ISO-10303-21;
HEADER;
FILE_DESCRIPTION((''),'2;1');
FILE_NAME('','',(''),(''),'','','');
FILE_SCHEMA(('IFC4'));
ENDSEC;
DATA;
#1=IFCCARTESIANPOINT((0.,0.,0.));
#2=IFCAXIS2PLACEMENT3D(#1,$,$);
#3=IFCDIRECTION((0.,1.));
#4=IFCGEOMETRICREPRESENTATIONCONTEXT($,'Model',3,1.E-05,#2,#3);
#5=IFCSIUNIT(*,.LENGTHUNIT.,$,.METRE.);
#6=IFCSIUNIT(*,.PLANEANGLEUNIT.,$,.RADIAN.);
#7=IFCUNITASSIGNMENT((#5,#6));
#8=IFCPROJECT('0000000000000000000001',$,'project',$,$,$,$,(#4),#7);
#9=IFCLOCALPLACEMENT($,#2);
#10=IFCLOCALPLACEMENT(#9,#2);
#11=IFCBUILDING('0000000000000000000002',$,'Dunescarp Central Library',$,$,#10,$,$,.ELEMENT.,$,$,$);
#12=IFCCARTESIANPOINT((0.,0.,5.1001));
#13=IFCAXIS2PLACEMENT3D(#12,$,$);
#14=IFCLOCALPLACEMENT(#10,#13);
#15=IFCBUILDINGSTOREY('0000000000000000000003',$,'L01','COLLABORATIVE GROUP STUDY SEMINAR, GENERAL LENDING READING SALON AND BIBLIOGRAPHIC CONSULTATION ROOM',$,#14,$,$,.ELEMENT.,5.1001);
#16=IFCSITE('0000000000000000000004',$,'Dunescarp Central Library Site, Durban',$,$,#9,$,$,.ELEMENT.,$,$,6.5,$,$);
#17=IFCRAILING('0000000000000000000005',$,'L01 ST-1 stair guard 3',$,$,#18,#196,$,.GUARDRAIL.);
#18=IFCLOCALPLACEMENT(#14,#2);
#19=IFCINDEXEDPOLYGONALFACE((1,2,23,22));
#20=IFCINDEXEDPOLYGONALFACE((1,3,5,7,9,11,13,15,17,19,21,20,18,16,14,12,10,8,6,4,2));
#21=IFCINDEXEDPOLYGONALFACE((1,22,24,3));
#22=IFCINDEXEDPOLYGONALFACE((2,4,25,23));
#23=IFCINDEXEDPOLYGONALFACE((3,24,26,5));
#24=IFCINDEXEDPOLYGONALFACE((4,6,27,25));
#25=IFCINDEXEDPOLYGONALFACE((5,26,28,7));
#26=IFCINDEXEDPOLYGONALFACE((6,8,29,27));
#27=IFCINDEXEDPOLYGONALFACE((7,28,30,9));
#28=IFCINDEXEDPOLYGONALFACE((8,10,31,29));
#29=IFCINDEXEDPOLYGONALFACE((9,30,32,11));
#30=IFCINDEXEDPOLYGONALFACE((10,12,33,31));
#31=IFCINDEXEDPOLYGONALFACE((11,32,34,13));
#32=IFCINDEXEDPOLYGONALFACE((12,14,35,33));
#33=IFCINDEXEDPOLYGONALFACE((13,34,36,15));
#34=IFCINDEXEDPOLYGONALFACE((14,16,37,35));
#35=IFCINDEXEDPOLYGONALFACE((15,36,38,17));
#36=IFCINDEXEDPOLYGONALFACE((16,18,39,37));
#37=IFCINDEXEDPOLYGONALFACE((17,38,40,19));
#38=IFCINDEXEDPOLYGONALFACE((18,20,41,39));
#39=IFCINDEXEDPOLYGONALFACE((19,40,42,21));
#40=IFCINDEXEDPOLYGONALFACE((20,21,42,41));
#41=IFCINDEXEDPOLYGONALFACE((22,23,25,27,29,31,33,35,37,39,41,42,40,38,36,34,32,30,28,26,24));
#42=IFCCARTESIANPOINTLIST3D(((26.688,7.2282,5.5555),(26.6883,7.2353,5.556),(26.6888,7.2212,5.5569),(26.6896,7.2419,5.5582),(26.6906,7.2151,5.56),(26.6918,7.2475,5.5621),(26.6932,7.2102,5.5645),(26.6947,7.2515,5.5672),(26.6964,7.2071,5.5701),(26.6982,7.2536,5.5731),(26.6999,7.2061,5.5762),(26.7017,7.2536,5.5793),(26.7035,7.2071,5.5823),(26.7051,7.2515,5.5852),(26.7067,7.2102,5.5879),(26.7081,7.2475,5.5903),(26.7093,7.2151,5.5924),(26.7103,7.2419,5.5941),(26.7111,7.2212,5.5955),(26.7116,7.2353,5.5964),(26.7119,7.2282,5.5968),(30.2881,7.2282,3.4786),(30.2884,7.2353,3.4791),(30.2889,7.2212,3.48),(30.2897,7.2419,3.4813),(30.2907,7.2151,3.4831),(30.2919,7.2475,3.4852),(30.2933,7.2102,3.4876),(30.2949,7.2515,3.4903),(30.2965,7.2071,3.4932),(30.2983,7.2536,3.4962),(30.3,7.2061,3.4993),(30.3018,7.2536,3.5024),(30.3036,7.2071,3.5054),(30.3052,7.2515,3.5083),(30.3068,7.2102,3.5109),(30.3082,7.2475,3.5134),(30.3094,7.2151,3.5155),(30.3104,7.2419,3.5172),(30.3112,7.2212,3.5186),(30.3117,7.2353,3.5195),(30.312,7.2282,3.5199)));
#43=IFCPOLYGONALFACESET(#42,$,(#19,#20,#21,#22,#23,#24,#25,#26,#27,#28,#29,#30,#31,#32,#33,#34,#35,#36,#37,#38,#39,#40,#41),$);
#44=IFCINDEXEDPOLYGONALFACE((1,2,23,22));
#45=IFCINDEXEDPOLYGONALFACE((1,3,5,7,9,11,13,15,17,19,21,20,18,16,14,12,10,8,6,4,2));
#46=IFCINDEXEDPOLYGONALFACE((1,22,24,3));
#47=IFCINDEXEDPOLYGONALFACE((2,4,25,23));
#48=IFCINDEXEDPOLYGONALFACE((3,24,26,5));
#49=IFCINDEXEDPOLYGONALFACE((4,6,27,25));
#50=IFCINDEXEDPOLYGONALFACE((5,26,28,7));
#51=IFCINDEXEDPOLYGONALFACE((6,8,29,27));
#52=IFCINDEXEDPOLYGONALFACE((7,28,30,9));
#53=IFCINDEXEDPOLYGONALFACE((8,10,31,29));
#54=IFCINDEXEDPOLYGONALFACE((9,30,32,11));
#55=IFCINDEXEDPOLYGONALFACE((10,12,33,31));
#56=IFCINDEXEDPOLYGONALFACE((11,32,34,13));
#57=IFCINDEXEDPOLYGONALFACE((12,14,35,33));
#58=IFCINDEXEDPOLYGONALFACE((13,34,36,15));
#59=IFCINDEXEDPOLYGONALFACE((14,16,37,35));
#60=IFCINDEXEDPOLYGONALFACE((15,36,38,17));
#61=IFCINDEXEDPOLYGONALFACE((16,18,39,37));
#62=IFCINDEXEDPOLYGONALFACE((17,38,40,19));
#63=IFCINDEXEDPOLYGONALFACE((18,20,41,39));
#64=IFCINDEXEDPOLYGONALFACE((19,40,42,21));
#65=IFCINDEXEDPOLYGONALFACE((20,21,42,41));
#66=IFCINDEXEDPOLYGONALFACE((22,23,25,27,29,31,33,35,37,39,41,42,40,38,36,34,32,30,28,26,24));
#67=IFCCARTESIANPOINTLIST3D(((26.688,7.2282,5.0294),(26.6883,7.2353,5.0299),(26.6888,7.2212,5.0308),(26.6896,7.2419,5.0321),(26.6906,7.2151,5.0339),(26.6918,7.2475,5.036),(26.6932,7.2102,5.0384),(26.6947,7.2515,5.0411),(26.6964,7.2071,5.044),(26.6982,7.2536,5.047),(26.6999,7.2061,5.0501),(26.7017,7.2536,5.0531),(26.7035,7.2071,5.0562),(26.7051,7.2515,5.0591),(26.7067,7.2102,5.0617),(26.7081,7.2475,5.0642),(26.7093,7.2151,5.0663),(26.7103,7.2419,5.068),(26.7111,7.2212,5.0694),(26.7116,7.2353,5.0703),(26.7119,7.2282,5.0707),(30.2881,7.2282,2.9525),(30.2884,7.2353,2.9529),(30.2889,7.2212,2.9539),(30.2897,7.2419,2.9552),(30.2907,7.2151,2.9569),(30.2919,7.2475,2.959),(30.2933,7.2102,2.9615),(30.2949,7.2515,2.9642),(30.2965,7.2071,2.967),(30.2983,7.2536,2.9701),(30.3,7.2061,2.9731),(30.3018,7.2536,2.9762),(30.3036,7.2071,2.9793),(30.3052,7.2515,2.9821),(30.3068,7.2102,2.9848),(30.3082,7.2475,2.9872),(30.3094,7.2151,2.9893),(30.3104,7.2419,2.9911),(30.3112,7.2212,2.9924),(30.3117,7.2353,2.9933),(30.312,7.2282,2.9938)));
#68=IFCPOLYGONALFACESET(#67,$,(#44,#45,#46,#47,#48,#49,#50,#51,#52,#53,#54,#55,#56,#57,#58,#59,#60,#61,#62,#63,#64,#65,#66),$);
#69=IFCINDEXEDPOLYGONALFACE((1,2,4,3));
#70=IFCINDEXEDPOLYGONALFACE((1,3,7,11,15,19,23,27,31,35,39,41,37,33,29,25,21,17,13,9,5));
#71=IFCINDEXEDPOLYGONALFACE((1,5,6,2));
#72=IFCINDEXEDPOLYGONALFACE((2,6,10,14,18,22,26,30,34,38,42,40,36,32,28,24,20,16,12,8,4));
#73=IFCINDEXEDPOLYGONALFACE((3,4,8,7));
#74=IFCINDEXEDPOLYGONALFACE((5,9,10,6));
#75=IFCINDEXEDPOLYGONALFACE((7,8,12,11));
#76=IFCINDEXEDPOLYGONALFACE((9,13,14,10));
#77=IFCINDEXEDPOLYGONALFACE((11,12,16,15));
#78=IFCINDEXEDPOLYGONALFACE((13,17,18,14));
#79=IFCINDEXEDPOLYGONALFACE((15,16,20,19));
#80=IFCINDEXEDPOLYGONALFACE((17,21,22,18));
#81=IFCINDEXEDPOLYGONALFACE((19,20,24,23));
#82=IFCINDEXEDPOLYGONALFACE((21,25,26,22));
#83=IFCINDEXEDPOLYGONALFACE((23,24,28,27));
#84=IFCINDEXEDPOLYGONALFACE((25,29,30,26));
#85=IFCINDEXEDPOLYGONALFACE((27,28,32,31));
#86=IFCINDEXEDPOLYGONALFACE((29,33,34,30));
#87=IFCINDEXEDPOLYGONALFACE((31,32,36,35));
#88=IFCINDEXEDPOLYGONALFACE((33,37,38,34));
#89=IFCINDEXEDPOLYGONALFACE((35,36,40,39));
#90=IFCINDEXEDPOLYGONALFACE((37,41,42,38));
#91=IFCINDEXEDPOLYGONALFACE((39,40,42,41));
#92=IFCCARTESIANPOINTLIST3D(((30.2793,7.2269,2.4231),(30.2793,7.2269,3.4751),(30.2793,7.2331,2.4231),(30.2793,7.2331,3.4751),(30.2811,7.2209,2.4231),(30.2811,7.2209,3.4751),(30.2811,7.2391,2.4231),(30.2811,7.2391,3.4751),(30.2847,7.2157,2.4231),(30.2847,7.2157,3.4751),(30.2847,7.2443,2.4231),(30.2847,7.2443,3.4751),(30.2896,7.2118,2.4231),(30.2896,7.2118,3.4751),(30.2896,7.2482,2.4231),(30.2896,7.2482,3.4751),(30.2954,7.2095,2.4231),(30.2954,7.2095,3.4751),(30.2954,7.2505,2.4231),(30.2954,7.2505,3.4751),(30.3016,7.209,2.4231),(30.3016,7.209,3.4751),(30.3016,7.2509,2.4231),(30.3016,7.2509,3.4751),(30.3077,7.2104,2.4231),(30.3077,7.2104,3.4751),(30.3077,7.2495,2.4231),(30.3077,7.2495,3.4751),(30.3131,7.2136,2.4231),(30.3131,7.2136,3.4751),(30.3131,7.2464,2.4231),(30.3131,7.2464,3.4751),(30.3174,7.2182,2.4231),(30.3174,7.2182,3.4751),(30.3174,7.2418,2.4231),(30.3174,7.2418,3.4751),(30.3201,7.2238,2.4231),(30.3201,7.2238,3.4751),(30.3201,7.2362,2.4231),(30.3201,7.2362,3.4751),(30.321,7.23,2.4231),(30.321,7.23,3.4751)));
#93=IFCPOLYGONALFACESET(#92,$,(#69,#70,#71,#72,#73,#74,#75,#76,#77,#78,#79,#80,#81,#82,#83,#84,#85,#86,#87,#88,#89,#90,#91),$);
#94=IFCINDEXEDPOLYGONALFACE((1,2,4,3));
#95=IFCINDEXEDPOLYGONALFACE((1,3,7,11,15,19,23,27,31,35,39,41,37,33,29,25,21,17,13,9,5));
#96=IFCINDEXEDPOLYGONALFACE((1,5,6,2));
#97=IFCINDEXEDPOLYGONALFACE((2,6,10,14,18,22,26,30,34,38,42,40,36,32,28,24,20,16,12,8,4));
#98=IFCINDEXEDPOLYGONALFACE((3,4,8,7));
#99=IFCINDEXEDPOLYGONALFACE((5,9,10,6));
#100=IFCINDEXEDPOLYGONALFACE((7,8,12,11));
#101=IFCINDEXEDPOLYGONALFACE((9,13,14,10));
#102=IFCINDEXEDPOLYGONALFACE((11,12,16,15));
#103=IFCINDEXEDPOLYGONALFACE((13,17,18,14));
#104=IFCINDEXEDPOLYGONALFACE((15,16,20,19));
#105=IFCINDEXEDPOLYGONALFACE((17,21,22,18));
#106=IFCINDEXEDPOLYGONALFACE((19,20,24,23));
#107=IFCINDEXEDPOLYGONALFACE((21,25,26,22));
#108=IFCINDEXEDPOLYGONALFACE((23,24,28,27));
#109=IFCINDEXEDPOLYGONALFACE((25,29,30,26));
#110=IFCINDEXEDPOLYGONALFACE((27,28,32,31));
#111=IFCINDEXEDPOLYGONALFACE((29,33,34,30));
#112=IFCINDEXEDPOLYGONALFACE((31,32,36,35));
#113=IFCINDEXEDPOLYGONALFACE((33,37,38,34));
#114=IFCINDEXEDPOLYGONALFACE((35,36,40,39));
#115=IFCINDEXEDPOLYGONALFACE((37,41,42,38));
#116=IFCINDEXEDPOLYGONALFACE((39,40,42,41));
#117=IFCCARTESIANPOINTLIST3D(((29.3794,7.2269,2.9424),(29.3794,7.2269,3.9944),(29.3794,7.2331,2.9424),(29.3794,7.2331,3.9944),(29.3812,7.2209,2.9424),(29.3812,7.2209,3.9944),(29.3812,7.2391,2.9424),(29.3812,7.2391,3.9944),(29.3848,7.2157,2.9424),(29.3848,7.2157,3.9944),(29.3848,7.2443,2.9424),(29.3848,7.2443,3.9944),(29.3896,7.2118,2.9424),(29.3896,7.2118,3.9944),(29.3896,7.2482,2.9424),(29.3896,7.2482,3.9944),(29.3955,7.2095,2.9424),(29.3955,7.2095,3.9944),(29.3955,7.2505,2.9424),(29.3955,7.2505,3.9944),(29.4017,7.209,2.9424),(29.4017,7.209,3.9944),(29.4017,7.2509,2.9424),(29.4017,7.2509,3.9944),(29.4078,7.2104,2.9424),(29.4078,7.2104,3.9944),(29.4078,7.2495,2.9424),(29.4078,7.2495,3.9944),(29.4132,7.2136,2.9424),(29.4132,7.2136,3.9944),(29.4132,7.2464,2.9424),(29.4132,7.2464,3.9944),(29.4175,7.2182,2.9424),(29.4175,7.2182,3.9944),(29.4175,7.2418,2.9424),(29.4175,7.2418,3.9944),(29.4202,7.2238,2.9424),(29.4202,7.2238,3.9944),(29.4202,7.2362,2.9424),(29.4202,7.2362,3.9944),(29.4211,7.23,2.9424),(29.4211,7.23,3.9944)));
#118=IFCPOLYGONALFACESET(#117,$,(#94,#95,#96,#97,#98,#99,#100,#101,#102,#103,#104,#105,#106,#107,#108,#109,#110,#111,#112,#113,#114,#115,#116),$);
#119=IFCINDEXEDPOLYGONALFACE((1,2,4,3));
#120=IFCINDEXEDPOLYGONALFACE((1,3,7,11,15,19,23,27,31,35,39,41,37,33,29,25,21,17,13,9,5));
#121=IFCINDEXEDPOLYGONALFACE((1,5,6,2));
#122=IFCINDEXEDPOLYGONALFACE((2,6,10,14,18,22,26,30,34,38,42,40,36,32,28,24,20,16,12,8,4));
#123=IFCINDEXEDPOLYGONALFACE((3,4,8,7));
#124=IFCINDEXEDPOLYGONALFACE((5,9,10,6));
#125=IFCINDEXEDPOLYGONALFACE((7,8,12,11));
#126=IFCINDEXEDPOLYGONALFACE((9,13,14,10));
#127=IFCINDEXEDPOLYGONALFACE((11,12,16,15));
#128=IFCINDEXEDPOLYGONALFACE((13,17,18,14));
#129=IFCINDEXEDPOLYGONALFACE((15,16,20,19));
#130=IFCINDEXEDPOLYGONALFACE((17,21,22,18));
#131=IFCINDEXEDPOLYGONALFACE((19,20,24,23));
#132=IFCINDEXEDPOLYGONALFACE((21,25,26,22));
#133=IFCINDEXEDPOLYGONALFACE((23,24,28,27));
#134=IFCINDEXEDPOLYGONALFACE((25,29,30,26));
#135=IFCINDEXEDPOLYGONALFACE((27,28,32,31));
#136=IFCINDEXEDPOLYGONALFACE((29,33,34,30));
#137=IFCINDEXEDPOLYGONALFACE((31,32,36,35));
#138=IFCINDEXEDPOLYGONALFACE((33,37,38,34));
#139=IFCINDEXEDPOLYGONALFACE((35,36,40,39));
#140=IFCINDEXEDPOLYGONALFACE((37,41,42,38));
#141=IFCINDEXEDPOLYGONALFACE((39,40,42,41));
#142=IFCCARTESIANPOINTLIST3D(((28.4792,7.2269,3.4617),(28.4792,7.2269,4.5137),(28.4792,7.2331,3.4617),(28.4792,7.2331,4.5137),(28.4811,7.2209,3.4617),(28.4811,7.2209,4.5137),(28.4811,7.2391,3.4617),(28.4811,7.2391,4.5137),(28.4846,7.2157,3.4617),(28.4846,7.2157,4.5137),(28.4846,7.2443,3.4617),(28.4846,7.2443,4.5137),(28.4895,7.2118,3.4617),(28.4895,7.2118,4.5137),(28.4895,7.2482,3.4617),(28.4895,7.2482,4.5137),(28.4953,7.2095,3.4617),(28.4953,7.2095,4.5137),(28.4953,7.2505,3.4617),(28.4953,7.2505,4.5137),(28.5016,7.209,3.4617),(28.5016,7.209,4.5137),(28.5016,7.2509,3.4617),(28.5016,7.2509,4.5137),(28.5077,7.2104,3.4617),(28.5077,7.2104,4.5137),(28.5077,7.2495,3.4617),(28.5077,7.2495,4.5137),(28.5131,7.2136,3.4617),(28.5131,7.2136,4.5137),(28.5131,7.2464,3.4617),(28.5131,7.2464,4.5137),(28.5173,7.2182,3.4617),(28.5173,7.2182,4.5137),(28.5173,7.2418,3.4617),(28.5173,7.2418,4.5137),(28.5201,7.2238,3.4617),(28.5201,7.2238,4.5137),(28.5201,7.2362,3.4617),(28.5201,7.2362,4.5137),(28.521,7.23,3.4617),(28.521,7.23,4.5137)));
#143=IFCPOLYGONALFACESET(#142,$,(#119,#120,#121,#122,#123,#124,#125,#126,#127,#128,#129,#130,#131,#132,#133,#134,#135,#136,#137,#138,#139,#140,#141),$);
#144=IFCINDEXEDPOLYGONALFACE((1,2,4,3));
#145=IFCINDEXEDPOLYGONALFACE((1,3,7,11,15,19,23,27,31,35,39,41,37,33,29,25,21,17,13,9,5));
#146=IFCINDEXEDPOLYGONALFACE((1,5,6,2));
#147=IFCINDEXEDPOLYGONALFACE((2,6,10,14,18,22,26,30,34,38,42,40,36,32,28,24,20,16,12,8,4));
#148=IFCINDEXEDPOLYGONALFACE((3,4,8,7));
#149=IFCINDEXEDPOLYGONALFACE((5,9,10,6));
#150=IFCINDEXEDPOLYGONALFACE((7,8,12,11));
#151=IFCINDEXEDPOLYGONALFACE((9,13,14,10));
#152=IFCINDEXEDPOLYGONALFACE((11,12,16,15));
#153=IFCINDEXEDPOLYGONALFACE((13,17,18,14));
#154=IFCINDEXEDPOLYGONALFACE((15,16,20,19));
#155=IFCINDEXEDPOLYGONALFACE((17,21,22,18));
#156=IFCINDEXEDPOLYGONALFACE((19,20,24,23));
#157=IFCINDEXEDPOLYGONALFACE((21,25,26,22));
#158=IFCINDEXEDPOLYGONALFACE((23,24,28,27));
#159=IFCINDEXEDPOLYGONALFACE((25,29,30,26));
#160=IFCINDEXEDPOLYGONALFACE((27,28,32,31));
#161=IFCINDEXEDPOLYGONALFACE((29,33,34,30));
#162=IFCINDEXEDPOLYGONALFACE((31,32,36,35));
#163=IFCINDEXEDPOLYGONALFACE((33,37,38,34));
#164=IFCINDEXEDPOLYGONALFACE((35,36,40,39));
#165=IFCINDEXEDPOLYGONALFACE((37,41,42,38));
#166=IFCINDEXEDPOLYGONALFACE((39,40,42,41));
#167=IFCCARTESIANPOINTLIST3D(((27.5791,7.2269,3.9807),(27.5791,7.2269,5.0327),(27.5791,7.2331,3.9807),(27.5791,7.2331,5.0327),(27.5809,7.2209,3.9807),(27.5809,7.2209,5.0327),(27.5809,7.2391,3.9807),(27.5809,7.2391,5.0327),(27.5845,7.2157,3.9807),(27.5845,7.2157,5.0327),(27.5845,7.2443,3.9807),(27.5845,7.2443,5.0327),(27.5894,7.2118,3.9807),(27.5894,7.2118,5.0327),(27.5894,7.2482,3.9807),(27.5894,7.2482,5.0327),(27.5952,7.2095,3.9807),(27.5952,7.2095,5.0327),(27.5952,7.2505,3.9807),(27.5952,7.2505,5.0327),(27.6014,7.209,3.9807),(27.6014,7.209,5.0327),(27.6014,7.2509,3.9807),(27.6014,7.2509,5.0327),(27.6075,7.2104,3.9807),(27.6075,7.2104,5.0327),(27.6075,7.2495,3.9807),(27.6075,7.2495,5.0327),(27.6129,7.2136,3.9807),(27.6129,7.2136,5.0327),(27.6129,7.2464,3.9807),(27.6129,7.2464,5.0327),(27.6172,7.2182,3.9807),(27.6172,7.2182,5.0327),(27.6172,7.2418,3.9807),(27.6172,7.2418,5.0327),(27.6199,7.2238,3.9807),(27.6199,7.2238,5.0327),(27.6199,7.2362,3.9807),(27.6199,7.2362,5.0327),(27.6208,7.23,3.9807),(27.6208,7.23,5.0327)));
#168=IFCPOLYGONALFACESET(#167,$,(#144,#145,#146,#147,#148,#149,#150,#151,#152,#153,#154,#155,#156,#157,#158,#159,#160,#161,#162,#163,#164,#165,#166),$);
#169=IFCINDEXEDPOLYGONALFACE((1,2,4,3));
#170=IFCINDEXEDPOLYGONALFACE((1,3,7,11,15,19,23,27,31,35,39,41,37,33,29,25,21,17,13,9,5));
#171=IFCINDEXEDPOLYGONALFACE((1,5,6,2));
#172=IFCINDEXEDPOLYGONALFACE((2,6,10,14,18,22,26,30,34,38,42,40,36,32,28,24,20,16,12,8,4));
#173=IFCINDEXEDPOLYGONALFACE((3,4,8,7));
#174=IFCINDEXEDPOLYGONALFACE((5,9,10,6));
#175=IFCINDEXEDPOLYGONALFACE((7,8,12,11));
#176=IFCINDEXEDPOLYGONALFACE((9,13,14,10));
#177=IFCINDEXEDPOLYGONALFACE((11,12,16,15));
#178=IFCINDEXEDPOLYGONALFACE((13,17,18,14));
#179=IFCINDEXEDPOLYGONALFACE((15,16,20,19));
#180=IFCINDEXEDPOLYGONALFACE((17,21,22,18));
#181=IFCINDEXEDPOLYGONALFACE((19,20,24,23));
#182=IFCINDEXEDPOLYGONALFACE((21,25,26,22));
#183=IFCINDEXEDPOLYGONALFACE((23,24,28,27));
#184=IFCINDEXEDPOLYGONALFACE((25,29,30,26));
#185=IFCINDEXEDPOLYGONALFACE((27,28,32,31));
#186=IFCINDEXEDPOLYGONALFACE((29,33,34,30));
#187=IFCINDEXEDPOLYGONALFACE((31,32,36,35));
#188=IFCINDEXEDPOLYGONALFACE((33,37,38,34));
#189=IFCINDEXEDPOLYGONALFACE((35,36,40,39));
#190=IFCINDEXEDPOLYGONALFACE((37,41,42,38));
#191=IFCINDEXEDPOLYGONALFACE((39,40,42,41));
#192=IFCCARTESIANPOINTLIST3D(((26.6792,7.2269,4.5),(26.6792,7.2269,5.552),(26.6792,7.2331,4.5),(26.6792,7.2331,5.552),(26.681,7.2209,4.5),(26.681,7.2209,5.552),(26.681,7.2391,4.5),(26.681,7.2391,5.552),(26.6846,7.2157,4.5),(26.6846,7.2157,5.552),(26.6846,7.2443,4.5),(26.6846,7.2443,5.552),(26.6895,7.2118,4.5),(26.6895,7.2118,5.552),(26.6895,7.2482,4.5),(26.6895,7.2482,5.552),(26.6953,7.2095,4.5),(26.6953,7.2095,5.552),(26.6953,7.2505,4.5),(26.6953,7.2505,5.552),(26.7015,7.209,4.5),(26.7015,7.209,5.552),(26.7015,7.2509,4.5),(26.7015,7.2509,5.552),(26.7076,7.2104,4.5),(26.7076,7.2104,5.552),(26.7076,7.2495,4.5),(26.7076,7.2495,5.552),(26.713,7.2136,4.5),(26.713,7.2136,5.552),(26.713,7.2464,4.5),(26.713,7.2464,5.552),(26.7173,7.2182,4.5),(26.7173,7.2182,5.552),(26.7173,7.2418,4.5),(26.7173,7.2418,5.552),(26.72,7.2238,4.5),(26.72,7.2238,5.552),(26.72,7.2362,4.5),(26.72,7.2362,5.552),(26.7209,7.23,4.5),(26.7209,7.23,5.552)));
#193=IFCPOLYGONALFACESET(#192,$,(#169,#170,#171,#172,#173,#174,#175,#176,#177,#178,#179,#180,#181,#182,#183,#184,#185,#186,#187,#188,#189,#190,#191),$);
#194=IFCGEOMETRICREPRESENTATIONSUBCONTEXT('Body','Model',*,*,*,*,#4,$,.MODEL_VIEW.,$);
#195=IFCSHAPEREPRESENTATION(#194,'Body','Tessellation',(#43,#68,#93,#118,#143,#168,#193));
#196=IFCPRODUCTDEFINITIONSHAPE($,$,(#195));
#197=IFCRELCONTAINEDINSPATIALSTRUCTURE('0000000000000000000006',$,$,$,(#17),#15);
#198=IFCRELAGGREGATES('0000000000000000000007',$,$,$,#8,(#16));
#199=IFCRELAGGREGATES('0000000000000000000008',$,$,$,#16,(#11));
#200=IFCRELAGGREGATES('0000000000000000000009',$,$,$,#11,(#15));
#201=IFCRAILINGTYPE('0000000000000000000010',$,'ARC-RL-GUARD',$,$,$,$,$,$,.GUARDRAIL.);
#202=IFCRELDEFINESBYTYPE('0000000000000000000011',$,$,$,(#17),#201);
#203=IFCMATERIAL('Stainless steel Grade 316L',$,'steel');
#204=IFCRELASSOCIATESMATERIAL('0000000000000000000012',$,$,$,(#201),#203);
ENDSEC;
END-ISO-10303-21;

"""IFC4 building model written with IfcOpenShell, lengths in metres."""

from ifc_helpers import new_model, si_unit, direction, frame, origin, origin_2d, place, context, subcontext, project, spatial, circle, extrude, material, type_object, element, save


model = new_model("IFC4")

# Units and contexts
model_context = context("Model", 3, precision=1e-05, world=origin(), true_north=direction((0.0, 1.0)))
body_context = subcontext(model_context, "Body", "Model", "MODEL_VIEW")
ifc_project = project(units=[si_unit("LENGTHUNIT", "METRE"), si_unit("PLANEANGLEUNIT", "RADIAN")], contexts=[model_context])

# Site, building, storey
site_placement = place(None, origin())
site = spatial("IfcSite", under=ifc_project, at=site_placement, Name="Dunescarp Central Library Site, Durban", CompositionType="ELEMENT", RefElevation=6.5)
building_placement = place(site_placement, origin())
building = spatial("IfcBuilding", under=site, at=building_placement, Name="Dunescarp Central Library", CompositionType="ELEMENT")
storey_placement = place(building_placement, frame((0.0, 0.0, 5.1001)))
storey = spatial("IfcBuildingStorey", under=building, at=storey_placement, Name="L01", Description="COLLABORATIVE GROUP STUDY SEMINAR, GENERAL LENDING READING SALON AND BIBLIOGRAPHIC CONSULTATION ROOM", CompositionType="ELEMENT", Elevation=5.1001)

# Shared definitions
ifc_material_1 = material(Name="Stainless steel Grade 316L", Category="steel")

# Railing
railing_type_1 = type_object("IfcRailingType", Name="ARC-RL-GUARD", PredefinedType="GUARDRAIL", material=ifc_material_1)
railing_1_placement = place(storey_placement, frame((30.3, 7.23, 2.4231)))
element("IfcRailing", 1, at=railing_1_placement, inside=storey, type_object=railing_type_1, Name="L01 ST-1 stair guard 3", PredefinedType="GUARDRAIL", context=body_context, shape_type="SweptSolid", body=[
    extrude(circle(Radius=0.0239, at=origin_2d()), frame((0.0, 0.0, 1.0762), z_axis=(-0.866193, 0.0, 0.499709), x_axis=(0.0, -1.0, 0.0)), (0.0, 0.0, 1.0), 4.1562),
    extrude(circle(Radius=0.0239, at=origin_2d()), frame((0.0, 0.0, 0.55), z_axis=(-0.866193, 0.0, 0.499709), x_axis=(0.0, -1.0, 0.0)), (0.0, 0.0, 1.0), 4.1562),
    extrude(circle(Radius=0.021, at=origin_2d()), origin(), (0.0, 0.0, 1.0), 1.052),
    extrude(circle(Radius=0.021, at=origin_2d()), frame((-0.8999, 0.0, 0.5193)), (0.0, 0.0, 1.0), 1.052),
    extrude(circle(Radius=0.021, at=origin_2d()), frame((-1.8, 0.0, 1.0386)), (0.0, 0.0, 1.0), 1.052),
    extrude(circle(Radius=0.021, at=origin_2d()), frame((-2.7002, 0.0, 1.5576)), (0.0, 0.0, 1.0), 1.052),
    extrude(circle(Radius=0.021, at=origin_2d()), frame((-3.6001, 0.0, 2.0769)), (0.0, 0.0, 1.0), 1.052),
])

save(model, "model.ifc")
